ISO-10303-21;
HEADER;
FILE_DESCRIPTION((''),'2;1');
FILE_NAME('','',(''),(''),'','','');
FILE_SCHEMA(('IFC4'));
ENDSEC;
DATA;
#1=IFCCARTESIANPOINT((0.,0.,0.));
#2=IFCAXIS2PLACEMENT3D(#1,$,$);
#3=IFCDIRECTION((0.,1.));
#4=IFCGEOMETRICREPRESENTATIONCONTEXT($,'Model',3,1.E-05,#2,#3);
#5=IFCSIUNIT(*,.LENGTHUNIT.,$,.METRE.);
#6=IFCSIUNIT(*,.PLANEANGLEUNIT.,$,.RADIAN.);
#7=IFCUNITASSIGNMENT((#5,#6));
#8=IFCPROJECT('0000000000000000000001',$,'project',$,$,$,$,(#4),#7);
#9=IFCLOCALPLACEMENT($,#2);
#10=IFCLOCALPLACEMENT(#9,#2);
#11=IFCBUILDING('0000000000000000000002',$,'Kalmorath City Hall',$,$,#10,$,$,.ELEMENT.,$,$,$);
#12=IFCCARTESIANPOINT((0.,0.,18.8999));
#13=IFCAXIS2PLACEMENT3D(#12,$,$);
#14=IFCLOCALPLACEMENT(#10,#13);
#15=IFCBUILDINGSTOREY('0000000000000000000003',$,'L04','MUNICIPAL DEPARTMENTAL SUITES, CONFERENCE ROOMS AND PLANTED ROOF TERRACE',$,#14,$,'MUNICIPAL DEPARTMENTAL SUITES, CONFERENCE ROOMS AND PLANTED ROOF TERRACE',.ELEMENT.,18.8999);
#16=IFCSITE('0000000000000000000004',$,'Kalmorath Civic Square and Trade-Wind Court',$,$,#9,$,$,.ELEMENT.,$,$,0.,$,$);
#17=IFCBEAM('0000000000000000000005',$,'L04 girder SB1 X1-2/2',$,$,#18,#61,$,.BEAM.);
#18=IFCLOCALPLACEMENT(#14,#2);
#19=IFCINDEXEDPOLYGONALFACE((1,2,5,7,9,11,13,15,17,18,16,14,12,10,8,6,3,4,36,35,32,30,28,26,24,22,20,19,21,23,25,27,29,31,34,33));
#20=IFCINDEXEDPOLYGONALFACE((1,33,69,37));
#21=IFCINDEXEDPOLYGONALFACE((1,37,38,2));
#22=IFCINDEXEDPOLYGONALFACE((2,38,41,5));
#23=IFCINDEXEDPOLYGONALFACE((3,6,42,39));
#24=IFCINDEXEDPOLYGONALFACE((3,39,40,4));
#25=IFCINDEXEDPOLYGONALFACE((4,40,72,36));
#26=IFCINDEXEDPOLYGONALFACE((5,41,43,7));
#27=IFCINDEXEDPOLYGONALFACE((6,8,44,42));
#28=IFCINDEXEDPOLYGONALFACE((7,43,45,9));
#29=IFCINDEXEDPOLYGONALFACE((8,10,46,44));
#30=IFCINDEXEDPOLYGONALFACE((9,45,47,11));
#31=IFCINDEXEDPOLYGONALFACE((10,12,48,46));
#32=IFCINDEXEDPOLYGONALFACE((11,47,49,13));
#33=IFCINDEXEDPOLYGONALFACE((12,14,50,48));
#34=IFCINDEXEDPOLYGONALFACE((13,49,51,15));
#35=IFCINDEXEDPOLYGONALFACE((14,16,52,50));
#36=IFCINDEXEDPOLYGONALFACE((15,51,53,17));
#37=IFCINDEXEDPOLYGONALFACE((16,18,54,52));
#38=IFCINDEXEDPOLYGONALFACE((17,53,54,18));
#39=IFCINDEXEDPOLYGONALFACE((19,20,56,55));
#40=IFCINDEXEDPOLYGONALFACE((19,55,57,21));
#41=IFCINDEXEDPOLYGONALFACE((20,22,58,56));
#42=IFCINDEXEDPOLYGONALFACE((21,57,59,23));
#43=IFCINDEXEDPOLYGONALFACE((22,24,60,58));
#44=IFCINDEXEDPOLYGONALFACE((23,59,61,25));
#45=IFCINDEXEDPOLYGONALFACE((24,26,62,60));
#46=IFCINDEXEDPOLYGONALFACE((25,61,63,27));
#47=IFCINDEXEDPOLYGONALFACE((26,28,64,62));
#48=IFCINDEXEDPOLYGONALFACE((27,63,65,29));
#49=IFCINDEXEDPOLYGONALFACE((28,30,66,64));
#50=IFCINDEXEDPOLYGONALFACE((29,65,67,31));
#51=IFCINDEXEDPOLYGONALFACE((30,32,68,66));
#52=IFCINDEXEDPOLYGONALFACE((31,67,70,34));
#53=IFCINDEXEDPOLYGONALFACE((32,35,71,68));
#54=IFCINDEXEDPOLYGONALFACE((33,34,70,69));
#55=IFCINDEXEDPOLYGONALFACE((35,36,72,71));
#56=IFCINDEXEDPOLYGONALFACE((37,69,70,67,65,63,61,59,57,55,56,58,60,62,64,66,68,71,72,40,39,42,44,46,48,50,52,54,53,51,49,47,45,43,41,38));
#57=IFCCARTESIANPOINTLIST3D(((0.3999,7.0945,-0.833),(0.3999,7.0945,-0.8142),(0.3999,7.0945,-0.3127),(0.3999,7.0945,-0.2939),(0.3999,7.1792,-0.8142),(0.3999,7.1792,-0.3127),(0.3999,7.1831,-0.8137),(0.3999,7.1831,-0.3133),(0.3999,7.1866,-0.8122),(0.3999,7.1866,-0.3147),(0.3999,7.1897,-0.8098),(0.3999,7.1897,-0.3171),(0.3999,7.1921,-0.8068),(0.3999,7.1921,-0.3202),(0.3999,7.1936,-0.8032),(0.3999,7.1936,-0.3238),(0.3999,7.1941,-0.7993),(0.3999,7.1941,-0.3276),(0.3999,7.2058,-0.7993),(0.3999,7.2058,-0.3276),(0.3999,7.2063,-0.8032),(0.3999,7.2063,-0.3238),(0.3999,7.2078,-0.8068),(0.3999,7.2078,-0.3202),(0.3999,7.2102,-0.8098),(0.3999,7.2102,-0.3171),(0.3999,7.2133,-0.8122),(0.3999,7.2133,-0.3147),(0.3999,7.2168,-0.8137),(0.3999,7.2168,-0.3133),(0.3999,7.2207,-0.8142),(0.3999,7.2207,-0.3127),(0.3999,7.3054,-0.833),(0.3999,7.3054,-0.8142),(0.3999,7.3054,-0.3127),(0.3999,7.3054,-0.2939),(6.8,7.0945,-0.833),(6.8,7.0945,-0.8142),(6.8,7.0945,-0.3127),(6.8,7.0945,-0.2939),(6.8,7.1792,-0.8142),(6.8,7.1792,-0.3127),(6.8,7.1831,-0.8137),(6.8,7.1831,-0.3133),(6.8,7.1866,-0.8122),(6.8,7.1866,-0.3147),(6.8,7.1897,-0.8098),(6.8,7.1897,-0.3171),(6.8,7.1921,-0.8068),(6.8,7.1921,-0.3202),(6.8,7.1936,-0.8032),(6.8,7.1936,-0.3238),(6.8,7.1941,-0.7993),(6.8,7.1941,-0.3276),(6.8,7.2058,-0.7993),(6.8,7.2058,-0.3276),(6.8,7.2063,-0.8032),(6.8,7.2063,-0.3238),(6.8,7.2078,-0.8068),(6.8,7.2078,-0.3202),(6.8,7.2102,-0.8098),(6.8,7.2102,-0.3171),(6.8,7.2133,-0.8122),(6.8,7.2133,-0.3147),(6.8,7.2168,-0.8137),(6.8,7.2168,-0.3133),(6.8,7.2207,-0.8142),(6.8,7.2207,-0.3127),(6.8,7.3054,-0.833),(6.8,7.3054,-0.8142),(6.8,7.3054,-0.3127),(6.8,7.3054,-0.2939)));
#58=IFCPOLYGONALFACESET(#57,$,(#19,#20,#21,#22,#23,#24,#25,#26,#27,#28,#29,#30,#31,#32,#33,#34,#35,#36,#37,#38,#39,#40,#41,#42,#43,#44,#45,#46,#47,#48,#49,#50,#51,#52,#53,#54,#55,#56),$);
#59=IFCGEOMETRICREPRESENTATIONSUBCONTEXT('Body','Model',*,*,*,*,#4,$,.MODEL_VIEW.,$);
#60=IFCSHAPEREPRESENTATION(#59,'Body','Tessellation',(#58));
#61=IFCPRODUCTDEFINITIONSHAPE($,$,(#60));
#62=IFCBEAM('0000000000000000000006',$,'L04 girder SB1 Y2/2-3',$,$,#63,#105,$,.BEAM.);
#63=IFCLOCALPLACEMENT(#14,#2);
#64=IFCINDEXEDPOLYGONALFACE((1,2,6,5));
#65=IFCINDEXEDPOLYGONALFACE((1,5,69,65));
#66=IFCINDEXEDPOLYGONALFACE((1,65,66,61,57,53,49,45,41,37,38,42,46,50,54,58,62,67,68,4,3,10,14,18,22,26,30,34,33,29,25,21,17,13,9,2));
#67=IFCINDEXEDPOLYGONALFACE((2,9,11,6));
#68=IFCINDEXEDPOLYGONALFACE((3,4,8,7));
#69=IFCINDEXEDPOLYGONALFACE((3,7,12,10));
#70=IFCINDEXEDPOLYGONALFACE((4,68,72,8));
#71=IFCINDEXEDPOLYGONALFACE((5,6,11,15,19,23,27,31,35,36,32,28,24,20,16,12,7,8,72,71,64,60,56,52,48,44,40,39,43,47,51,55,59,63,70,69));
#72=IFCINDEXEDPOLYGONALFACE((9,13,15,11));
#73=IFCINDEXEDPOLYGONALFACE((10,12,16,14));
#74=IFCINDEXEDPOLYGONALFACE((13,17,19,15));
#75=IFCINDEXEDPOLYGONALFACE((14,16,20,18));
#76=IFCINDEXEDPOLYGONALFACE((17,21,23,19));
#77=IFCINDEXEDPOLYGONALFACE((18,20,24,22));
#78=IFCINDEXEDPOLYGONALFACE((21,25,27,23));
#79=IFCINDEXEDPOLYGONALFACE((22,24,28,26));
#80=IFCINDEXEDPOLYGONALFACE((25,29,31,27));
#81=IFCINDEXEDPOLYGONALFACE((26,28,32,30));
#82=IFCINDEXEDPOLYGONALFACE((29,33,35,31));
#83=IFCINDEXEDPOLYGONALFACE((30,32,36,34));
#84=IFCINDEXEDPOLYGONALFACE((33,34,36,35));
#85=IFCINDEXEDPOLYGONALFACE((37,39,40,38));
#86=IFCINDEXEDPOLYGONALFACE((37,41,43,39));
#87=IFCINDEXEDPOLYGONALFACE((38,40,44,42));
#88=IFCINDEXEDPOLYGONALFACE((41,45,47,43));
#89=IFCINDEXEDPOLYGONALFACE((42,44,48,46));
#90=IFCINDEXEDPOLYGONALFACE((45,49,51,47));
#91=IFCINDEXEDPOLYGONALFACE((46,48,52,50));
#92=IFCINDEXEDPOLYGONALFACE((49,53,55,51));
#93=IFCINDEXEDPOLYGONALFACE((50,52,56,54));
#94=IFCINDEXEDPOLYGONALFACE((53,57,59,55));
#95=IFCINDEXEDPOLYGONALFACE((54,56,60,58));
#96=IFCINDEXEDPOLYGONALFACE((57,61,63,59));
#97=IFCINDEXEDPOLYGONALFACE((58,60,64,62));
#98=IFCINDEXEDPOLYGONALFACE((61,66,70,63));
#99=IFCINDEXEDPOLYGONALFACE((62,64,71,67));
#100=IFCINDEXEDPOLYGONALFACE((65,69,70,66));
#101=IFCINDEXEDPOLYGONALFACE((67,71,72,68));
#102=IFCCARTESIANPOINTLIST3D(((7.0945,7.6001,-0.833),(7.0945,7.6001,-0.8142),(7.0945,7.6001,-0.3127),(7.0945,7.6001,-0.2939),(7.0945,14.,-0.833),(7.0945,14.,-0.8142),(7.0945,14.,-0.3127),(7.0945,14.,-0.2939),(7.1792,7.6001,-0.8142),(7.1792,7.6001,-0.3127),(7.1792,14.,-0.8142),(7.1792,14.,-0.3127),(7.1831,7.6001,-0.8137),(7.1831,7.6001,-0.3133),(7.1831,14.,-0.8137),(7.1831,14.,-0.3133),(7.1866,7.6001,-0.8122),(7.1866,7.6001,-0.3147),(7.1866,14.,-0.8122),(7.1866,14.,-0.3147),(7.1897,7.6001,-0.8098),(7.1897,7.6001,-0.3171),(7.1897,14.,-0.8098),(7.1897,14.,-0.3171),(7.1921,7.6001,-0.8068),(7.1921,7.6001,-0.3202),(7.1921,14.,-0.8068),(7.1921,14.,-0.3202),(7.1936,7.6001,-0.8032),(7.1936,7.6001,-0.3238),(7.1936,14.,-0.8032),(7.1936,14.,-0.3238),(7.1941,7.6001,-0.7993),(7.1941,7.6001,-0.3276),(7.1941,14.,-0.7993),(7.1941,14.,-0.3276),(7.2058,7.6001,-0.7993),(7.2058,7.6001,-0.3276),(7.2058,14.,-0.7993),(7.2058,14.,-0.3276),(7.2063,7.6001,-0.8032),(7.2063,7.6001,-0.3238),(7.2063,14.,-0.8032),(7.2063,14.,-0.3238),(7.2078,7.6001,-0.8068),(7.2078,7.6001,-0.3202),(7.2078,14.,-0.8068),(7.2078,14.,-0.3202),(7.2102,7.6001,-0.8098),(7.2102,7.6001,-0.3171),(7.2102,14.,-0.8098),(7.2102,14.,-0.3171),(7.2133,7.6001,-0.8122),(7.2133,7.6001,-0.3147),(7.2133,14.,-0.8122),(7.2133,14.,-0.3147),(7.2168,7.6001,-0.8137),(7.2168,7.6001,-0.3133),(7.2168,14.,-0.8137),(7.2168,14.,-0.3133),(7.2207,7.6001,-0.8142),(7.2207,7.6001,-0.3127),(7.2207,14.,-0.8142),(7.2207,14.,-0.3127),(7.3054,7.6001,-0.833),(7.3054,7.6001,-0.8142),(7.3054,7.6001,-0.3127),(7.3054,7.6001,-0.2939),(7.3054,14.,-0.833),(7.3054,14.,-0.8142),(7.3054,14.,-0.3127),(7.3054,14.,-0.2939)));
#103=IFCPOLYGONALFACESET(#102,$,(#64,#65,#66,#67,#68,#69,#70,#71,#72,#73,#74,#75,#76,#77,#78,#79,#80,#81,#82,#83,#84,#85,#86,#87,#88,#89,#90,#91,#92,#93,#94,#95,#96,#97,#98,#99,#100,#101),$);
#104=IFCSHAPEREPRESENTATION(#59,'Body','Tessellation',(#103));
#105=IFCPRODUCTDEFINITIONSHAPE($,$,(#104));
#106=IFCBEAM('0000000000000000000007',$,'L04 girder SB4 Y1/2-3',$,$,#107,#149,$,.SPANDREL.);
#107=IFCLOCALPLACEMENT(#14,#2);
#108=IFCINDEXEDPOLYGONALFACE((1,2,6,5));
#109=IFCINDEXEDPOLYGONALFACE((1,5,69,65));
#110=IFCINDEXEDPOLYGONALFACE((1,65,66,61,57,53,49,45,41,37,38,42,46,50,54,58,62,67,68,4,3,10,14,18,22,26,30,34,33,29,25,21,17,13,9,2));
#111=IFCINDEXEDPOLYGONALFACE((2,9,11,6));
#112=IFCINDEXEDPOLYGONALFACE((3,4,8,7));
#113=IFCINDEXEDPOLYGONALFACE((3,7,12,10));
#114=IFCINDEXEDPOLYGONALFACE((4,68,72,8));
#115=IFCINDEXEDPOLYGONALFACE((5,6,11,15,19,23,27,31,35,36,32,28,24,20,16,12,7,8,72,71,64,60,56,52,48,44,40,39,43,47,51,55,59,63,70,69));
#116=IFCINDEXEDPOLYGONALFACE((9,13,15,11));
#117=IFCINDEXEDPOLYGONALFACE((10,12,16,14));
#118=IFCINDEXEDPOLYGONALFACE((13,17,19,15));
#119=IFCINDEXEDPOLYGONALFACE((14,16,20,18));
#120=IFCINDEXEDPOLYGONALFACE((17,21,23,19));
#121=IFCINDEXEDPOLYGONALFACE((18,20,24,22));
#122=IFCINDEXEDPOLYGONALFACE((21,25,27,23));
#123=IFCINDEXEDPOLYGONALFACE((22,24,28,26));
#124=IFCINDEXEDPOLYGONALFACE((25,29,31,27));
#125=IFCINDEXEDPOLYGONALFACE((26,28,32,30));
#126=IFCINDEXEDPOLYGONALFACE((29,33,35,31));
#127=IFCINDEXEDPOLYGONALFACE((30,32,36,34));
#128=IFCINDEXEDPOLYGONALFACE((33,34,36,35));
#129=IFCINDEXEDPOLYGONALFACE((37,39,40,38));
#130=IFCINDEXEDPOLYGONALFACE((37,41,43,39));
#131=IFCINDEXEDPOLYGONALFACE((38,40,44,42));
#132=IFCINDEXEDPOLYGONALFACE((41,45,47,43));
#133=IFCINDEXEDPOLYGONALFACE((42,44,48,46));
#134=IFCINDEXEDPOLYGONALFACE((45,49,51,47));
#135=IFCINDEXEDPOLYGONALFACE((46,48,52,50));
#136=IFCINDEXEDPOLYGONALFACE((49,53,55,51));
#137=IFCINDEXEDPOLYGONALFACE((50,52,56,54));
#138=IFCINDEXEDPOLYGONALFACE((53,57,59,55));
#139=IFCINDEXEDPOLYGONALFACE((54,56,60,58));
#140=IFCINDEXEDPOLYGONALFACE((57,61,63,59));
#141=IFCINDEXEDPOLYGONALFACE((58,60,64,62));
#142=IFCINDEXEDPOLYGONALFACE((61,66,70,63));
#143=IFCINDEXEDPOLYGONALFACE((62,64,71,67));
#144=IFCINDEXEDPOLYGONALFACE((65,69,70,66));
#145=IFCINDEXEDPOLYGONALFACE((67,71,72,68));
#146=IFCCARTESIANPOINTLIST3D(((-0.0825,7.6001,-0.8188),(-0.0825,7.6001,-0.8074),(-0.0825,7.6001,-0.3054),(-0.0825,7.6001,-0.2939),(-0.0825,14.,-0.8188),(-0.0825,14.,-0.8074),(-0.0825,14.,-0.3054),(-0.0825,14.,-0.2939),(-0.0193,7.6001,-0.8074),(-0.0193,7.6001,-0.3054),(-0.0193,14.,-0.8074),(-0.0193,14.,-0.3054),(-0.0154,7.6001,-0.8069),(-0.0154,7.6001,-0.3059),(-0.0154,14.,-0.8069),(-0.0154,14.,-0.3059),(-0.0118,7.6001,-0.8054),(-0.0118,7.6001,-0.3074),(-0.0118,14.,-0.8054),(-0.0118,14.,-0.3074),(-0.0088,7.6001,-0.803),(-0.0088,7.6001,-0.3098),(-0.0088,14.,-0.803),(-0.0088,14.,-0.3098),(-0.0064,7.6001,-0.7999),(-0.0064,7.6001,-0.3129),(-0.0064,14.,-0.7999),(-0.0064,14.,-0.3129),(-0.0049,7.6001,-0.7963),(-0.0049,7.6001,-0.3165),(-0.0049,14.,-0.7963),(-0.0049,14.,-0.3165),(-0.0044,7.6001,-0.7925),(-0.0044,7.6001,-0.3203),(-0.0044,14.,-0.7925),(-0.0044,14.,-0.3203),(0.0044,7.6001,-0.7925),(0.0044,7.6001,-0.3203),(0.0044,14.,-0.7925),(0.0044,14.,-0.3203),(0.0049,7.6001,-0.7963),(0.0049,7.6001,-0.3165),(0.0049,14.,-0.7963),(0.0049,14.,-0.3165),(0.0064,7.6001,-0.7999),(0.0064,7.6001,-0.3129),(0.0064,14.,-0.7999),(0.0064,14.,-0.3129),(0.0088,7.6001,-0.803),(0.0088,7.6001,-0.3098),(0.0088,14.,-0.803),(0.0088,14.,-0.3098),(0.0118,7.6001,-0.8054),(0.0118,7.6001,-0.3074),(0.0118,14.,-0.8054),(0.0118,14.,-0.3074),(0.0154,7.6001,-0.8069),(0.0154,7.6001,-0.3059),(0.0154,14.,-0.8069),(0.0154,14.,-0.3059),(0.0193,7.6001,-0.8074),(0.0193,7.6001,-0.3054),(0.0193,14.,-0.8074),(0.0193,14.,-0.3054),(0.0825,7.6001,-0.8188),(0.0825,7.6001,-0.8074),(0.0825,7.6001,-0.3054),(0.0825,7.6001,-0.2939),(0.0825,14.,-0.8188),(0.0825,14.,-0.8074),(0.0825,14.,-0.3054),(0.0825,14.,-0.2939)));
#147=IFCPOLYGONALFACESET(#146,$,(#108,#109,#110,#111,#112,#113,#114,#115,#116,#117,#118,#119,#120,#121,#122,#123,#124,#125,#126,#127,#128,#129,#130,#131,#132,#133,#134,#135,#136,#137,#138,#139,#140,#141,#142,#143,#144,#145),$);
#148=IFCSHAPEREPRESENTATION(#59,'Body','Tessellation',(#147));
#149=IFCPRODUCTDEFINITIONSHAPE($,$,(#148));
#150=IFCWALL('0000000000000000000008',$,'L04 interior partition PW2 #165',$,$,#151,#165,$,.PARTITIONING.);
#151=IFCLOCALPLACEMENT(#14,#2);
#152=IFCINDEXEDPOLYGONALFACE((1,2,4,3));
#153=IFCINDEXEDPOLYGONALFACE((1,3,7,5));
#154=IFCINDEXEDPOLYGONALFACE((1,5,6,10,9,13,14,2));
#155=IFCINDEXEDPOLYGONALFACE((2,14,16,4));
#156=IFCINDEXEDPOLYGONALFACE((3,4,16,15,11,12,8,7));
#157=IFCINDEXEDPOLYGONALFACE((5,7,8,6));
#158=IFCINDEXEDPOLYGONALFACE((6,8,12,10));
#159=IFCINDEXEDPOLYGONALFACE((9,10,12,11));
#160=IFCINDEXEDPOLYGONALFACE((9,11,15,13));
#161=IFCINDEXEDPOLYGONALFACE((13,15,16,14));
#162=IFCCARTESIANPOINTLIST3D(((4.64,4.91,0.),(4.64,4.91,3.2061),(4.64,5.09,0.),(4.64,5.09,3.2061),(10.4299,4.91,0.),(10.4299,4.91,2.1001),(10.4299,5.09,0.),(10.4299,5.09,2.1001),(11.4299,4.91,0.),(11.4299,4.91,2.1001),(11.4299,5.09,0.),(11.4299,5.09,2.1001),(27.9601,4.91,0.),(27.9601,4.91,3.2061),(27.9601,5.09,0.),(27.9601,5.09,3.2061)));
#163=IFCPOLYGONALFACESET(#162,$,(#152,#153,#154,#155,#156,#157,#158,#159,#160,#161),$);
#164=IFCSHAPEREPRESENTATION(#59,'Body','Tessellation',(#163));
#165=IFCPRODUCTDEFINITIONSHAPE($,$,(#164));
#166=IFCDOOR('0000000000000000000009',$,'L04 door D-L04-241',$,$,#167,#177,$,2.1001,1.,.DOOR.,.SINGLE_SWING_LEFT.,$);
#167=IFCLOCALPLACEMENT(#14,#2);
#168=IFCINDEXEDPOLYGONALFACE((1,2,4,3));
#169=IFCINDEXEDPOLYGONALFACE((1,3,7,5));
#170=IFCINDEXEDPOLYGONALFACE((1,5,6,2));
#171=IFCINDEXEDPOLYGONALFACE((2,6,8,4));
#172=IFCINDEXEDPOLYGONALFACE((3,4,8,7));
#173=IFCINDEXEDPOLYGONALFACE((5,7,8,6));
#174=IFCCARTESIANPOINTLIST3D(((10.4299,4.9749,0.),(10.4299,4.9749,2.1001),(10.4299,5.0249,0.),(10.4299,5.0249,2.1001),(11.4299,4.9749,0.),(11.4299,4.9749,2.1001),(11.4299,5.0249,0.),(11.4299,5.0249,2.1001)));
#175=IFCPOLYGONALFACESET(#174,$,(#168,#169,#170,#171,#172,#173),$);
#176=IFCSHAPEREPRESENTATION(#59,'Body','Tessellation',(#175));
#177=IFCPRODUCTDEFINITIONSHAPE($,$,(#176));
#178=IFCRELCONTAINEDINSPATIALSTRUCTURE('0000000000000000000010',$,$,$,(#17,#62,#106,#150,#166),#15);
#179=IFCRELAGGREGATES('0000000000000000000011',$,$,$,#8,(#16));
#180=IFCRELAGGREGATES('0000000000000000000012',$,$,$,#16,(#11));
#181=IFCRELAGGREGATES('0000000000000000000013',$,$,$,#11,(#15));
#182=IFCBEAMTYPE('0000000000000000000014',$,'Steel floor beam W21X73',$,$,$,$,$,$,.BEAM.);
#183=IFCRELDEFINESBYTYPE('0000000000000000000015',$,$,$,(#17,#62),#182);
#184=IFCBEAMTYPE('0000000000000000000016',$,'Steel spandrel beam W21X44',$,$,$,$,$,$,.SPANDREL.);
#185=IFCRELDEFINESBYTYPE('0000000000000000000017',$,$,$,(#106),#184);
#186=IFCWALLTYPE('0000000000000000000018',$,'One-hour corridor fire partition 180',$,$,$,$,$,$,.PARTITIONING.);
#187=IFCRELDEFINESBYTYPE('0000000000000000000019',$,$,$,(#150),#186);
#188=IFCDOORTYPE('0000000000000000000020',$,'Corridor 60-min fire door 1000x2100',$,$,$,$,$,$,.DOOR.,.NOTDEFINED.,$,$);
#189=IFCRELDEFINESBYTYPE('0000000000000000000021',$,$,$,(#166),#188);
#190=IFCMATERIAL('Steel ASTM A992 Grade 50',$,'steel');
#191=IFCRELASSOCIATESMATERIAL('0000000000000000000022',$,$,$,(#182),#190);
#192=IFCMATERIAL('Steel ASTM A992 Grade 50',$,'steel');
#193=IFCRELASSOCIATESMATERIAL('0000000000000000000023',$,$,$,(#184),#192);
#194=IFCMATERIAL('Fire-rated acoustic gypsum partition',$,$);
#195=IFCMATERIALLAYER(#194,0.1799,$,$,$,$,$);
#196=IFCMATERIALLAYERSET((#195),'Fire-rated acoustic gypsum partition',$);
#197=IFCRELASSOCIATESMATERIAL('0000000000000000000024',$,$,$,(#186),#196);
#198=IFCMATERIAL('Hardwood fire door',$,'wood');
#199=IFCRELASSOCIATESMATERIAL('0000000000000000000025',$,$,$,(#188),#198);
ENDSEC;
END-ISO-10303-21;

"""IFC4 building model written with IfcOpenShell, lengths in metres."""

from ifc_helpers import new_model, si_unit, direction, frame, frame_2d, origin, origin_2d, place, context, subcontext, project, spatial, rectangle, i_section, extrude, material, layer, layer_set, material_profile, profile_set, type_object, element, fill, save


model = new_model("IFC4")

# Units and contexts
model_context = context("Model", 3, precision=1e-05, world=origin(), true_north=direction((0.0, 1.0)))
body_context = subcontext(model_context, "Body", "Model", "MODEL_VIEW")
ifc_project = project(units=[si_unit("LENGTHUNIT", "METRE"), si_unit("PLANEANGLEUNIT", "RADIAN")], contexts=[model_context])

# Site, building, storey
site_placement = place(None, origin())
site = spatial("IfcSite", under=ifc_project, at=site_placement, Name="Kalmorath Civic Square and Trade-Wind Court", CompositionType="ELEMENT", RefElevation=0.0)
building_placement = place(site_placement, origin())
building = spatial("IfcBuilding", under=site, at=building_placement, Name="Kalmorath City Hall", CompositionType="ELEMENT")
storey_placement = place(building_placement, frame((0.0, 0.0, 18.8999)))
storey = spatial("IfcBuildingStorey", under=building, at=storey_placement, Name="L04", Description="MUNICIPAL DEPARTMENTAL SUITES, CONFERENCE ROOMS AND PLANTED ROOF TERRACE", LongName="MUNICIPAL DEPARTMENTAL SUITES, CONFERENCE ROOMS AND PLANTED ROOF TERRACE", CompositionType="ELEMENT", Elevation=18.8999)

# Beams
ifc_material_1 = material(Name="Steel ASTM A992 Grade 50", Category="steel")
ifc_material_profile_1 = material_profile(ifc_material_1, i_section(OverallWidth=0.2109, OverallDepth=0.5391, WebThickness=0.0117, FlangeThickness=0.0188, FilletRadius=0.0149, at=origin_2d()), Name="W21X73")
ifc_profile_set_1 = profile_set([ifc_material_profile_1], Name="Steel ASTM A992 Grade 50")
beam_type_1 = type_object("IfcBeamType", Name="Steel floor beam W21X73", PredefinedType="BEAM", material=ifc_profile_set_1)
beam_1_placement = place(storey_placement, frame((0.3999, 7.2, -0.5635), z_axis=(1.0, 0.0, 0.0), x_axis=(0.0, 1.0, 0.0)))
element("IfcBeam", 1, at=beam_1_placement, inside=storey, type_object=beam_type_1, Name="L04 girder SB1 X1-2/2", PredefinedType="BEAM", context=body_context, shape_type="SweptSolid", body=[
    extrude(i_section(OverallWidth=0.2109, OverallDepth=0.5391, WebThickness=0.0117, FlangeThickness=0.0188, FilletRadius=0.0149, at=origin_2d()), origin(), (0.0, 0.0, 1.0), 6.4001),
])
beam_2_placement = place(storey_placement, frame((7.2, 7.6001, -0.5635), z_axis=(0.0, 1.0, 0.0), x_axis=(-1.0, 0.0, 0.0)))
element("IfcBeam", 2, at=beam_2_placement, inside=storey, type_object=beam_type_1, Name="L04 girder SB1 Y2/2-3", PredefinedType="BEAM", context=body_context, shape_type="SweptSolid", body=[
    extrude(i_section(OverallWidth=0.2109, OverallDepth=0.5391, WebThickness=0.0117, FlangeThickness=0.0188, FilletRadius=0.0149, at=origin_2d()), origin(), (0.0, 0.0, 1.0), 6.3999),
])
ifc_material_2 = material(Name="Steel ASTM A992 Grade 50", Category="steel")
ifc_material_profile_2 = material_profile(ifc_material_2, i_section(OverallWidth=0.165, OverallDepth=0.5249, WebThickness=0.0088, FlangeThickness=0.0115, FilletRadius=0.0149, at=origin_2d()), Name="W21X44")
ifc_profile_set_2 = profile_set([ifc_material_profile_2], Name="Steel ASTM A992 Grade 50")
beam_type_2 = type_object("IfcBeamType", Name="Steel spandrel beam W21X44", PredefinedType="SPANDREL", material=ifc_profile_set_2)
beam_3_placement = place(storey_placement, frame((0.0, 7.6001, -0.5564), z_axis=(0.0, 1.0, 0.0), x_axis=(-1.0, 0.0, 0.0)))
element("IfcBeam", 3, at=beam_3_placement, inside=storey, type_object=beam_type_2, Name="L04 girder SB4 Y1/2-3", PredefinedType="SPANDREL", context=body_context, shape_type="SweptSolid", body=[
    extrude(i_section(OverallWidth=0.165, OverallDepth=0.5249, WebThickness=0.0088, FlangeThickness=0.0115, FilletRadius=0.0149, at=origin_2d()), origin(), (0.0, 0.0, 1.0), 6.3999),
])

# Wall, opening, door
ifc_material_3 = material(Name="Fire-rated acoustic gypsum partition")
ifc_layer_1 = layer(ifc_material_3, 0.1799)
ifc_layer_set_1 = layer_set([ifc_layer_1], Name="Fire-rated acoustic gypsum partition")
wall_type_1 = type_object("IfcWallType", Name="One-hour corridor fire partition 180", PredefinedType="PARTITIONING", material=ifc_layer_set_1)
wall_1_placement = place(storey_placement, frame((4.6399, 5.0, 0.0), z_axis=(0.0, 0.0, 1.0), x_axis=(1.0, 0.0, 0.0)))
wall_1 = element("IfcWall", 4, at=wall_1_placement, inside=storey, type_object=wall_type_1, Name="L04 interior partition PW2 #165", PredefinedType="PARTITIONING", context=body_context, shape_type="SweptSolid", body=[
    extrude(rectangle(XDim=23.3201, YDim=0.1799, at=frame_2d((11.6602, 0.0))), origin(), (0.0, 0.0, 1.0), 3.2061),
])
opening_1_placement = place(wall_1_placement, frame((5.79, 0.0, 0.0)))
opening_1 = element("IfcOpeningElement", 5, at=opening_1_placement, cuts=wall_1, PredefinedType="OPENING", context=body_context, shape_type="SweptSolid", body=[
    extrude(rectangle(XDim=1.0, YDim=2.1001, at=frame_2d((0.5, 1.05))), frame((0.0, 0.0999, 0.0), z_axis=(0.0, -1.0, 0.0), x_axis=(1.0, 0.0, 0.0)), (0.0, 0.0, 1.0), 0.2),
])
ifc_material_4 = material(Name="Hardwood fire door", Category="wood")
door_type = type_object("IfcDoorType", Name="Corridor 60-min fire door 1000x2100", OperationType="NOTDEFINED", PredefinedType="DOOR", material=ifc_material_4)
door_placement = place(opening_1_placement, origin())
door = element("IfcDoor", 6, at=door_placement, inside=storey, type_object=door_type, Name="L04 door D-L04-241", OperationType="SINGLE_SWING_LEFT", OverallHeight=2.1001, OverallWidth=1.0, PredefinedType="DOOR", context=body_context, shape_type="SweptSolid", body=[
    extrude(rectangle(XDim=1.0, YDim=2.1001, at=frame_2d((0.5, 1.05))), frame((0.0, 0.0249, 0.0), z_axis=(0.0, -1.0, 0.0), x_axis=(1.0, 0.0, 0.0)), (0.0, 0.0, 1.0), 0.05),
])
fill(opening_1, door)

save(model, "model.ifc")
